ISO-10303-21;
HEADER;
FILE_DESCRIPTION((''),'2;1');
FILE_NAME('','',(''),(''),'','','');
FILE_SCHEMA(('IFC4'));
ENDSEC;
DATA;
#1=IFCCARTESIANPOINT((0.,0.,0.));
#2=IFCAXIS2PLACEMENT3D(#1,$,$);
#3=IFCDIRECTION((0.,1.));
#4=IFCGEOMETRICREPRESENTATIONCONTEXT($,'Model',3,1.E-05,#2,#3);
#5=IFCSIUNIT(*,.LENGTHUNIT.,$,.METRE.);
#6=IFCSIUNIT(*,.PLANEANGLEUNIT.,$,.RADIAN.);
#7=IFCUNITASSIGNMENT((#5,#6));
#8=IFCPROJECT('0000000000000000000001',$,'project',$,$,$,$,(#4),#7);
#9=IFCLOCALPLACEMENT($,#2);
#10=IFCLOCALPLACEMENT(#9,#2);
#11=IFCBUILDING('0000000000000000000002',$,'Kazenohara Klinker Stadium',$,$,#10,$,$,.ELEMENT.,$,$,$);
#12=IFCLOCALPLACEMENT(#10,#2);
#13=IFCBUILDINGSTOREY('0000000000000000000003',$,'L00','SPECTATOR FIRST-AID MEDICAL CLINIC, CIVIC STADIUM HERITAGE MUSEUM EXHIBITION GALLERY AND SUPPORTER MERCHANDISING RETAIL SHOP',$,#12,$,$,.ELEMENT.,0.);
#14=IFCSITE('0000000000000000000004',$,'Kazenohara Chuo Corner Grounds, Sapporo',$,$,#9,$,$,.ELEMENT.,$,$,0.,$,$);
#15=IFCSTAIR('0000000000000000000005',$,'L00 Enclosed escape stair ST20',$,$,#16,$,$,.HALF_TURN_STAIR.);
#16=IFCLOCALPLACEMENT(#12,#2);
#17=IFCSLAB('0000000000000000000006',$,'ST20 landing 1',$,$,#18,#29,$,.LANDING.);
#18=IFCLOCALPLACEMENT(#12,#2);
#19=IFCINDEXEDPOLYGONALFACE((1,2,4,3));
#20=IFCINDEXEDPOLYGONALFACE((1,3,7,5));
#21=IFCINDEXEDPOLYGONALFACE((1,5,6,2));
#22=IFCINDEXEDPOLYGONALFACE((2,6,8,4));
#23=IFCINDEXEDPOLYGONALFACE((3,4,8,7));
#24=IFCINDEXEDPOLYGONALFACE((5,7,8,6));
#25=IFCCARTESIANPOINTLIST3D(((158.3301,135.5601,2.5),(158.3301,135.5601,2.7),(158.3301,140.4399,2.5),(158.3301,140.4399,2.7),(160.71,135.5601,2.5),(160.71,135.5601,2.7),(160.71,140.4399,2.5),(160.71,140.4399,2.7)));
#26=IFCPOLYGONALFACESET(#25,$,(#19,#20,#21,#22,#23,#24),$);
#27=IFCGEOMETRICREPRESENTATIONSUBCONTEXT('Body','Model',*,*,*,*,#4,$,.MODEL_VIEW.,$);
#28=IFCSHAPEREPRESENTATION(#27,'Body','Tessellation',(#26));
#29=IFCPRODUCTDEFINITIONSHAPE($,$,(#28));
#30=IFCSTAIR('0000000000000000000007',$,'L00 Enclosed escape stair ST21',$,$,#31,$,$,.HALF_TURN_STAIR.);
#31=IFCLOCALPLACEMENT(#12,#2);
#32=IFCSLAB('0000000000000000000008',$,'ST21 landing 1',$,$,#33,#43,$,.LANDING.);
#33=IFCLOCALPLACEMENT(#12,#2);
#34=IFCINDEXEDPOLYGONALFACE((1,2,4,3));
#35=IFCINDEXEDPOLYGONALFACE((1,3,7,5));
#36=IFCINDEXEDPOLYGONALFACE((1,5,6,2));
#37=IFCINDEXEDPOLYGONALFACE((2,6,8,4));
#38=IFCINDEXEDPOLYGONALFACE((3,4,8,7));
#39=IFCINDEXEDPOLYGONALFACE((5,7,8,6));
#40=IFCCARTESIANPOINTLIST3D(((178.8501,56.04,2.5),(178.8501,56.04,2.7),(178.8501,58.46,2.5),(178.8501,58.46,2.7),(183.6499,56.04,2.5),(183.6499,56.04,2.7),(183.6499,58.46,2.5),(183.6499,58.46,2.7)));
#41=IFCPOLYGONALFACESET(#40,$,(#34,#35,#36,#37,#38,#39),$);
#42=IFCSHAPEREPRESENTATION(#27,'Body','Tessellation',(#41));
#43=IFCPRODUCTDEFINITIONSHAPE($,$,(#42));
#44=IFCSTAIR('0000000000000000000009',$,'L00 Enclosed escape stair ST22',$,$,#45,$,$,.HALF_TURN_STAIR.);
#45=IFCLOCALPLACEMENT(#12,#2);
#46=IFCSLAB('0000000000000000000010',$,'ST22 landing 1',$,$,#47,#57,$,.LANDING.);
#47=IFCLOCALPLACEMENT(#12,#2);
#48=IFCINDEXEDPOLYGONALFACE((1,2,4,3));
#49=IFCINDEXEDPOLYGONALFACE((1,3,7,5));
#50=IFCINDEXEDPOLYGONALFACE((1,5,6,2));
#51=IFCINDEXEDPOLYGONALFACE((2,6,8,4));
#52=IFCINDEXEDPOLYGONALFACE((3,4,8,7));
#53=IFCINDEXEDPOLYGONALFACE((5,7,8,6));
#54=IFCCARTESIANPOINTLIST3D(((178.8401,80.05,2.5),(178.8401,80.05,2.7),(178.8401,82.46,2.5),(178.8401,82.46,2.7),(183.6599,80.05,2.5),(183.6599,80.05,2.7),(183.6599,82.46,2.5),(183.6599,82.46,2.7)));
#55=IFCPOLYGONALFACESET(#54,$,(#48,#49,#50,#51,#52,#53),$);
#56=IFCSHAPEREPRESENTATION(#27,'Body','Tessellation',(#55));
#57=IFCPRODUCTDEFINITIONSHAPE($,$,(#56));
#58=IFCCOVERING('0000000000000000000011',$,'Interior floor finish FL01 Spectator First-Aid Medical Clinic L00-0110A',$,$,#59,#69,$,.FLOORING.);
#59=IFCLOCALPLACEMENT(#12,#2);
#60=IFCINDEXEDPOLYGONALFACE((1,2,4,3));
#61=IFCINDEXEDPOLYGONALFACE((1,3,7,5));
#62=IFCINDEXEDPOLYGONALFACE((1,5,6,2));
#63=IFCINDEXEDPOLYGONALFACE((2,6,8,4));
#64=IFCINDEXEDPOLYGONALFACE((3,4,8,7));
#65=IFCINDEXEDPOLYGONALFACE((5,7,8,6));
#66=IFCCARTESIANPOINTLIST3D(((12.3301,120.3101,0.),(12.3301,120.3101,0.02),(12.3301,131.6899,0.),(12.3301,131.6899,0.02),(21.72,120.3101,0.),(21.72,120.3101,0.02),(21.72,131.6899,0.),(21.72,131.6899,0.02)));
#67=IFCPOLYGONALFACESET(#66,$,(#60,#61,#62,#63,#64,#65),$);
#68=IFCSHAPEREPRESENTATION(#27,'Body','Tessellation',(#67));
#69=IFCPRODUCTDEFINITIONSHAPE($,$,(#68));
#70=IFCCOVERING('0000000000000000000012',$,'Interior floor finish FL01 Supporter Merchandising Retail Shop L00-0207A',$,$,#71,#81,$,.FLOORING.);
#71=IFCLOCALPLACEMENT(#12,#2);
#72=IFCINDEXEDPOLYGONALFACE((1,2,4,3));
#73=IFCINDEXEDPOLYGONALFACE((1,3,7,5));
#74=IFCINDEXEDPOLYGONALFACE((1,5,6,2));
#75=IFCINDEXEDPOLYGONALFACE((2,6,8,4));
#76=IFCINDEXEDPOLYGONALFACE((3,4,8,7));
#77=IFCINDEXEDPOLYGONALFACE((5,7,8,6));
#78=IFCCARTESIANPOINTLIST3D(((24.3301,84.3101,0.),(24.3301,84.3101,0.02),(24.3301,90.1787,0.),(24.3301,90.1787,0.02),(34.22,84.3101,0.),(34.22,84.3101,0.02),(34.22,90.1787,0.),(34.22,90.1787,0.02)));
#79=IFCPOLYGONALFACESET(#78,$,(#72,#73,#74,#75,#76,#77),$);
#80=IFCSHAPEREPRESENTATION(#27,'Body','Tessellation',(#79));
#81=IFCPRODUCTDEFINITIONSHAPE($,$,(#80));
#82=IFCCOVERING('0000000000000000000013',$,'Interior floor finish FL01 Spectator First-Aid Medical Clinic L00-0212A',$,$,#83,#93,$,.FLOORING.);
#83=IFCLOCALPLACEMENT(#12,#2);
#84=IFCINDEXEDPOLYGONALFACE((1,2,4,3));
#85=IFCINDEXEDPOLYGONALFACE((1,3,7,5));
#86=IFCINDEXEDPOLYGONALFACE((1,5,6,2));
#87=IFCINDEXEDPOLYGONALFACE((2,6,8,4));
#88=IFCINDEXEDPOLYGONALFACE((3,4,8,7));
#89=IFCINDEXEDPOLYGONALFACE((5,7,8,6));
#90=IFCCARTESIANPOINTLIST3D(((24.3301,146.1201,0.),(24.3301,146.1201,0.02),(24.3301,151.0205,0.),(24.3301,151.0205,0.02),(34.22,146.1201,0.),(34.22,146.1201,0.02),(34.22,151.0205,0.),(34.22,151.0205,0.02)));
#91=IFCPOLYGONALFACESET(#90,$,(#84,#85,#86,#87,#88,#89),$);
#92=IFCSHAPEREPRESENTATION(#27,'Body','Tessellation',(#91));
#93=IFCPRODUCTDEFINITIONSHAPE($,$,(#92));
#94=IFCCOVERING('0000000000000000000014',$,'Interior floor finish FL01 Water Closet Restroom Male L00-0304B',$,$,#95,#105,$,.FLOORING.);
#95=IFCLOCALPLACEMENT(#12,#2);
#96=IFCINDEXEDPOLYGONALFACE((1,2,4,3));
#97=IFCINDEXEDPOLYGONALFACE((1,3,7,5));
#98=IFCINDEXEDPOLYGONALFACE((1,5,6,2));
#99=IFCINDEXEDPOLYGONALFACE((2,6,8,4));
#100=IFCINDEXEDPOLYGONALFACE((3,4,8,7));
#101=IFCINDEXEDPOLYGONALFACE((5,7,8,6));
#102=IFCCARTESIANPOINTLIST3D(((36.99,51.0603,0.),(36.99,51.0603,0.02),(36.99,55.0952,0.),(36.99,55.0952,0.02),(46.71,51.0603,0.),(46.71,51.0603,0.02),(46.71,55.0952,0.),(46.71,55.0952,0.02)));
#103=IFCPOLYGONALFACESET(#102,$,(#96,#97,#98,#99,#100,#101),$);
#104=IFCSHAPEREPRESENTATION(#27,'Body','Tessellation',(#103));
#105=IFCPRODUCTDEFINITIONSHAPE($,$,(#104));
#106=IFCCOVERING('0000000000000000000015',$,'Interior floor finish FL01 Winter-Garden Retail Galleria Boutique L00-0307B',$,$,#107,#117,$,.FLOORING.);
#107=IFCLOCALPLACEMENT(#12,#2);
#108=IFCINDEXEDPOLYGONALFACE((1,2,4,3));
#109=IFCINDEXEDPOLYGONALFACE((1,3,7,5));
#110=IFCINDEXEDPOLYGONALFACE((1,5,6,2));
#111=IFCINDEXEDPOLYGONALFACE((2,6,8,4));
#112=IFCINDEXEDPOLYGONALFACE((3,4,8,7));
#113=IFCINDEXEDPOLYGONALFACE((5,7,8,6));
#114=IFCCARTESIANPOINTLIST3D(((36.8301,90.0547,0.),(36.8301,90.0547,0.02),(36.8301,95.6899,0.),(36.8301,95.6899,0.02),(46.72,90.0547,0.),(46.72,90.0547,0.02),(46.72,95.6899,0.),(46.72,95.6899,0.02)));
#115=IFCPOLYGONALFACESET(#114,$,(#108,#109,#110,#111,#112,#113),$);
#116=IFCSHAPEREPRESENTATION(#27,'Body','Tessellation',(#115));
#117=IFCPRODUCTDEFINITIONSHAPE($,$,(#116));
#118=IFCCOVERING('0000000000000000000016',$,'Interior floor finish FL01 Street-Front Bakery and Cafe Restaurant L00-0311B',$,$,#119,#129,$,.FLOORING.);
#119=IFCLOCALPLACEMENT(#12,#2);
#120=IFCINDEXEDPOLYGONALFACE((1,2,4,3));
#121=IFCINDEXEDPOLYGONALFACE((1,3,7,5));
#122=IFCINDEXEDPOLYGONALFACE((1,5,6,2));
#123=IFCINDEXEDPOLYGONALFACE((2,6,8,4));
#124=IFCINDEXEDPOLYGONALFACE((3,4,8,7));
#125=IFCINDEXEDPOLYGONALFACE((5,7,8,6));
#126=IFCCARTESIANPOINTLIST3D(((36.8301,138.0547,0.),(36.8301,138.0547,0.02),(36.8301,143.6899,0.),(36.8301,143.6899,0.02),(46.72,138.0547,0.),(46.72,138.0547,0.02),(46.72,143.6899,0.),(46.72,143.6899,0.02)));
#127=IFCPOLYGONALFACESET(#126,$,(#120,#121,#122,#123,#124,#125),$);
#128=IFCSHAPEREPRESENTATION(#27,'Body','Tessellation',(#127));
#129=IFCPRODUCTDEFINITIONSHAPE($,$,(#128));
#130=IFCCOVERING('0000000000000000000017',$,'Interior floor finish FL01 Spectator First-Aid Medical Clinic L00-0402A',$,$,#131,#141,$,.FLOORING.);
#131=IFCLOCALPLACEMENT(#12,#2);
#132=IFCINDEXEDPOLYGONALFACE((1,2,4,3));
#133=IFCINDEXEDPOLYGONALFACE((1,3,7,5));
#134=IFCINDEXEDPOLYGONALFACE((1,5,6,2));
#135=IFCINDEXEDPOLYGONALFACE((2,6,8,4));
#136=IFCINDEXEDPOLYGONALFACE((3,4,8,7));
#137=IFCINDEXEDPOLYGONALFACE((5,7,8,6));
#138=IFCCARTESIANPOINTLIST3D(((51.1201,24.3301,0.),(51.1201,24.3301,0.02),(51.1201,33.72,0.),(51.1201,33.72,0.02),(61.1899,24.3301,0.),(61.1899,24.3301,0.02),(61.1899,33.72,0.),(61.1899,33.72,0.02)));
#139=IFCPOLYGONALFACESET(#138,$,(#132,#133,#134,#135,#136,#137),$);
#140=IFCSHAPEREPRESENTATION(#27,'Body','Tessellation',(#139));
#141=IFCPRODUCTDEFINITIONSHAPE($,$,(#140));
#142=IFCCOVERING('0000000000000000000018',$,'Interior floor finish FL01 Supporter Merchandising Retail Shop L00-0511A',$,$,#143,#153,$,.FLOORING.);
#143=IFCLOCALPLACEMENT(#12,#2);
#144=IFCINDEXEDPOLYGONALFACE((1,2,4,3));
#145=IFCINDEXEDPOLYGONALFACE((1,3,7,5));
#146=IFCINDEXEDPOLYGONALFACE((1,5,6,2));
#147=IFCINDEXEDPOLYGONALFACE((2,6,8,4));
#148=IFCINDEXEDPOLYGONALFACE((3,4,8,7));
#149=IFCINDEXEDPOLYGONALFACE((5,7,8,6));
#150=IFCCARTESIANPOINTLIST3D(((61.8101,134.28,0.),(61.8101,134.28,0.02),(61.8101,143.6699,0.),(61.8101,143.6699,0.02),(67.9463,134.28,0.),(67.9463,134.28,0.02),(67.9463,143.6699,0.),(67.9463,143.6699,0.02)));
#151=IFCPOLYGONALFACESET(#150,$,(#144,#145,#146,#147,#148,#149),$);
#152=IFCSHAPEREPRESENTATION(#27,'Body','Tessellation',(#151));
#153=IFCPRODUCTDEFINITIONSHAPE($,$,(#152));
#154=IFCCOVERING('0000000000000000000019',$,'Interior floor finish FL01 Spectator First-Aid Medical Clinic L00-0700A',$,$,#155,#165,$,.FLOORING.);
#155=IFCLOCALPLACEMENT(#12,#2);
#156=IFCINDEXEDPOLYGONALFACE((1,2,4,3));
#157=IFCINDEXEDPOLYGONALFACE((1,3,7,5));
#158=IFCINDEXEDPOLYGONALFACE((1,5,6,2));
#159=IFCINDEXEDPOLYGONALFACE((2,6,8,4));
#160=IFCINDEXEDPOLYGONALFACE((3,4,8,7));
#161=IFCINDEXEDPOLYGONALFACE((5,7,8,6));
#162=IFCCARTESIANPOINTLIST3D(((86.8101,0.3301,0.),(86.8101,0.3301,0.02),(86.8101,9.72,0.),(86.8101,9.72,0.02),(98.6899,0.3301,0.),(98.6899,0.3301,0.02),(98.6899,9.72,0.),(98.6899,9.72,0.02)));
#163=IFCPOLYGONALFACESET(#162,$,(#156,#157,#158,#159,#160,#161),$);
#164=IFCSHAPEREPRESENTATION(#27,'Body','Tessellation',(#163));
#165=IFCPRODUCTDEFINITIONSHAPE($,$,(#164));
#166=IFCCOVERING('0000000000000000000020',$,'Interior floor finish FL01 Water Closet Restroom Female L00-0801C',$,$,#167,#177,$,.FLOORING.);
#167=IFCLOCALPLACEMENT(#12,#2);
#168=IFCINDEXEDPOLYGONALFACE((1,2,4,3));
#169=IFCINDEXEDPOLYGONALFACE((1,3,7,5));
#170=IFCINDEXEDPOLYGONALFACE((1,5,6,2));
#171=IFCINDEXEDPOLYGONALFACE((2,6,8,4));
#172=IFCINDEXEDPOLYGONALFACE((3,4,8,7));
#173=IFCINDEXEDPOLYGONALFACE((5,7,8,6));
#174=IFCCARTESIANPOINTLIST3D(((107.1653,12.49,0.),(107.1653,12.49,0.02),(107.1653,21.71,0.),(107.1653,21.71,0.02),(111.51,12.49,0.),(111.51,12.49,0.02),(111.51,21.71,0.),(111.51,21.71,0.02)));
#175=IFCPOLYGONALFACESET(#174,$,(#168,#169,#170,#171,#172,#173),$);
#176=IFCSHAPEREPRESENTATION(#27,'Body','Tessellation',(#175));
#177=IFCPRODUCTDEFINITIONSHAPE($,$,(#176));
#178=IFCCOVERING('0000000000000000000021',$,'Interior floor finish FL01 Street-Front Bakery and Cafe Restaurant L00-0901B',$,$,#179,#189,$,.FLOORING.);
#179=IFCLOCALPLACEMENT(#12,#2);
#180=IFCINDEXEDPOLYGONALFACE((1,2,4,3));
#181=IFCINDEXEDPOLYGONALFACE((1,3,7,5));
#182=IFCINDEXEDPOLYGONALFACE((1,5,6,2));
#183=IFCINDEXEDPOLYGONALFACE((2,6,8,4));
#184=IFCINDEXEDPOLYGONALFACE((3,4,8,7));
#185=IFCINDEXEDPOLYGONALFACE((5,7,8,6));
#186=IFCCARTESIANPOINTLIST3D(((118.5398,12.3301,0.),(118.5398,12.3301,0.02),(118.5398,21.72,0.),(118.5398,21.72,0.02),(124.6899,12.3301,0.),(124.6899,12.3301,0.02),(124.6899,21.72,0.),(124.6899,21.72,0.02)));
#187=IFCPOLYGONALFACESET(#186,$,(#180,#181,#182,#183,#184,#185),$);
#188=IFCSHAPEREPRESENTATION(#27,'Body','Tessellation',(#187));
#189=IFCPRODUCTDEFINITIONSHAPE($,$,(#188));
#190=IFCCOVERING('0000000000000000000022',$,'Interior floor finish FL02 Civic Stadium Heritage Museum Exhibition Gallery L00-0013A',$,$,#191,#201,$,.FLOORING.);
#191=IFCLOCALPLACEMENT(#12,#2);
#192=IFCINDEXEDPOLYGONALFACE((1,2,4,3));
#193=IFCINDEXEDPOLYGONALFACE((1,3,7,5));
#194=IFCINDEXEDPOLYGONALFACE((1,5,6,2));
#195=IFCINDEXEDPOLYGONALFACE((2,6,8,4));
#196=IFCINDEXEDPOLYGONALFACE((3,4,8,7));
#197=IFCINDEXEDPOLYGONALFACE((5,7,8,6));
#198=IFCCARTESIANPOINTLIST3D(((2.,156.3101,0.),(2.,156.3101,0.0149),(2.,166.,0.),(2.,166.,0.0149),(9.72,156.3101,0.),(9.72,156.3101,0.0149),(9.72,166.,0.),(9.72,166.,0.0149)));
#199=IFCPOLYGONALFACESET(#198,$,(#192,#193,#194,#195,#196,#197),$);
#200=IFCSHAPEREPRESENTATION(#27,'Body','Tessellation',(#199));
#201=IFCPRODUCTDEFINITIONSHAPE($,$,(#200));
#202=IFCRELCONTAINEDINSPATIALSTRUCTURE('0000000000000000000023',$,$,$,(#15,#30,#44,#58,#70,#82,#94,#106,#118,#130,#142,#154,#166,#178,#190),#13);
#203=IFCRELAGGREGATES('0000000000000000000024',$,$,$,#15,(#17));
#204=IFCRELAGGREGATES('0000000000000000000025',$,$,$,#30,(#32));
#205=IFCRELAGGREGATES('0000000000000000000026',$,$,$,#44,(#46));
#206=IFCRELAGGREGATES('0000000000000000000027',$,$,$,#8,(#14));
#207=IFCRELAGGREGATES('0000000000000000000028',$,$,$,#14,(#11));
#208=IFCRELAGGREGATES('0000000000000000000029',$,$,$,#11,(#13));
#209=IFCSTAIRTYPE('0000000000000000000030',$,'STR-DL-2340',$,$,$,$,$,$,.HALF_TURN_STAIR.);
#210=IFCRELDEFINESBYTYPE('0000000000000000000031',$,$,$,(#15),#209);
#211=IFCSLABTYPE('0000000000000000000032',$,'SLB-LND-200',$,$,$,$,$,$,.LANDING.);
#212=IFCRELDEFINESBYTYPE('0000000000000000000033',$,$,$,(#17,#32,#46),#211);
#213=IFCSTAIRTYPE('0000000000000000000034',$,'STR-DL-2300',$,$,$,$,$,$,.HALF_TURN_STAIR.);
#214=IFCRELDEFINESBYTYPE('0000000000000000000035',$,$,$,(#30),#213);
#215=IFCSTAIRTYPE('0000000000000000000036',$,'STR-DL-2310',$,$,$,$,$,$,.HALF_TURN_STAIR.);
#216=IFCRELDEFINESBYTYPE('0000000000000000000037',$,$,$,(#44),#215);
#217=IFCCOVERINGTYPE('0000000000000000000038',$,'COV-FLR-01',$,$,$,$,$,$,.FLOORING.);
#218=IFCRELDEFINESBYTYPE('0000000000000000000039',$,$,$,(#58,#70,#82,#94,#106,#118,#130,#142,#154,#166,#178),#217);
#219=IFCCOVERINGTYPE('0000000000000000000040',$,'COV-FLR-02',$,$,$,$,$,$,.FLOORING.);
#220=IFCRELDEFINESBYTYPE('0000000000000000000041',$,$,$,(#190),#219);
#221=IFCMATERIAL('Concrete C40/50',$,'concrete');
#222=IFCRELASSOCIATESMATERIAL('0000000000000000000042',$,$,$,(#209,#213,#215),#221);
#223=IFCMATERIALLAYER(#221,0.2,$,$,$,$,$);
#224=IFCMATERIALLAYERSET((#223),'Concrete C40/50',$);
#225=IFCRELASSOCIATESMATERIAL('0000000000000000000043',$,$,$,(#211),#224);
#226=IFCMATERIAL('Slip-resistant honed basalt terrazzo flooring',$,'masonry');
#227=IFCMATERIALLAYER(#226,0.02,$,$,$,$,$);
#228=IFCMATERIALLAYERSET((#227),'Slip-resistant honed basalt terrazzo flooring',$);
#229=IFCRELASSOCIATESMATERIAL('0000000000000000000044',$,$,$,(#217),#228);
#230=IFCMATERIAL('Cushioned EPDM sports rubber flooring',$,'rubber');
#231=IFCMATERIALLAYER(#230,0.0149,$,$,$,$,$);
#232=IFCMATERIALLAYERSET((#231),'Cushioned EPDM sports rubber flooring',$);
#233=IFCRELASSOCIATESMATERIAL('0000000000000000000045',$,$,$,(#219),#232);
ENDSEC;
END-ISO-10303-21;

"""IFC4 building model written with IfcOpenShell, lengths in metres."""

from ifc_helpers import new_model, si_unit, direction, frame, origin, place, context, subcontext, project, spatial, polyline, outline, extrude, material, layer, layer_set, type_object, element, aggregate, save


model = new_model("IFC4")

# Units and contexts
model_context = context("Model", 3, precision=1e-05, world=origin(), true_north=direction((0.0, 1.0)))
body_context = subcontext(model_context, "Body", "Model", "MODEL_VIEW")
ifc_project = project(units=[si_unit("LENGTHUNIT", "METRE"), si_unit("PLANEANGLEUNIT", "RADIAN")], contexts=[model_context])

# Site, building, storey
site_placement = place(None, origin())
site = spatial("IfcSite", under=ifc_project, at=site_placement, Name="Kazenohara Chuo Corner Grounds, Sapporo", CompositionType="ELEMENT", RefElevation=0.0)
building_placement = place(site_placement, origin())
building = spatial("IfcBuilding", under=site, at=building_placement, Name="Kazenohara Klinker Stadium", CompositionType="ELEMENT")
storey_placement = place(building_placement, origin())
storey = spatial("IfcBuildingStorey", under=building, at=storey_placement, Name="L00", Description="SPECTATOR FIRST-AID MEDICAL CLINIC, CIVIC STADIUM HERITAGE MUSEUM EXHIBITION GALLERY AND SUPPORTER MERCHANDISING RETAIL SHOP", CompositionType="ELEMENT", Elevation=0.0)

# Stairs, slabs
ifc_material_1 = material(Name="Concrete C40/50", Category="concrete")
stair_type_1 = type_object("IfcStairType", Name="STR-DL-2340", PredefinedType="HALF_TURN_STAIR", material=ifc_material_1)
stair_1_placement = place(storey_placement, origin())
stair_1 = element("IfcStair", 1, at=stair_1_placement, inside=storey, type_object=stair_type_1, Name="L00 Enclosed escape stair ST20", PredefinedType="HALF_TURN_STAIR")
ifc_layer_1 = layer(ifc_material_1, 0.2)
ifc_layer_set_1 = layer_set([ifc_layer_1], Name="Concrete C40/50")
slab_type = type_object("IfcSlabType", Name="SLB-LND-200", PredefinedType="LANDING", material=ifc_layer_set_1)
slab_1_placement = place(storey_placement, frame((0.0, 0.0, 2.5)))
slab_1 = element("IfcSlab", 2, at=slab_1_placement, type_object=slab_type, Name="ST20 landing 1", PredefinedType="LANDING", context=body_context, shape_type="SweptSolid", body=[
    extrude(outline(polyline([(158.3301, 135.5601), (160.71, 135.5601), (160.71, 140.4399), (158.3301, 140.4399), (158.3301, 135.5601)])), origin(), (0.0, 0.0, 1.0), 0.2),
])
aggregate(stair_1, [slab_1])
stair_type_2 = type_object("IfcStairType", Name="STR-DL-2300", PredefinedType="HALF_TURN_STAIR", material=ifc_material_1)
stair_2_placement = place(storey_placement, origin())
stair_2 = element("IfcStair", 3, at=stair_2_placement, inside=storey, type_object=stair_type_2, Name="L00 Enclosed escape stair ST21", PredefinedType="HALF_TURN_STAIR")
slab_2_placement = place(storey_placement, frame((0.0, 0.0, 2.5)))
slab_2 = element("IfcSlab", 4, at=slab_2_placement, type_object=slab_type, Name="ST21 landing 1", PredefinedType="LANDING", context=body_context, shape_type="SweptSolid", body=[
    extrude(outline(polyline([(183.6499, 56.04), (183.6499, 58.46), (178.8501, 58.46), (178.8501, 56.04), (183.6499, 56.04)])), origin(), (0.0, 0.0, 1.0), 0.2),
])
aggregate(stair_2, [slab_2])
stair_type_3 = type_object("IfcStairType", Name="STR-DL-2310", PredefinedType="HALF_TURN_STAIR", material=ifc_material_1)
stair_3_placement = place(storey_placement, origin())
stair_3 = element("IfcStair", 5, at=stair_3_placement, inside=storey, type_object=stair_type_3, Name="L00 Enclosed escape stair ST22", PredefinedType="HALF_TURN_STAIR")
slab_3_placement = place(storey_placement, frame((0.0, 0.0, 2.5)))
slab_3 = element("IfcSlab", 6, at=slab_3_placement, type_object=slab_type, Name="ST22 landing 1", PredefinedType="LANDING", context=body_context, shape_type="SweptSolid", body=[
    extrude(outline(polyline([(183.6599, 80.05), (183.6599, 82.46), (178.8401, 82.46), (178.8401, 80.05), (183.6599, 80.05)])), origin(), (0.0, 0.0, 1.0), 0.2),
])
aggregate(stair_3, [slab_3])

# Coverings
ifc_material_2 = material(Name="Slip-resistant honed basalt terrazzo flooring", Category="masonry")
ifc_layer_2 = layer(ifc_material_2, 0.02)
ifc_layer_set_2 = layer_set([ifc_layer_2], Name="Slip-resistant honed basalt terrazzo flooring")
covering_type_1 = type_object("IfcCoveringType", Name="COV-FLR-01", PredefinedType="FLOORING", material=ifc_layer_set_2)
covering_1_placement = place(storey_placement, origin())
element("IfcCovering", 7, at=covering_1_placement, inside=storey, type_object=covering_type_1, Name="Interior floor finish FL01 Spectator First-Aid Medical Clinic L00-0110A", PredefinedType="FLOORING", context=body_context, shape_type="SweptSolid", body=[
    extrude(outline(polyline([(12.3301, 120.3101), (21.72, 120.3101), (21.72, 131.6899), (12.3301, 131.6899), (12.3301, 120.3101)])), origin(), (0.0, 0.0, 1.0), 0.02),
])
covering_2_placement = place(storey_placement, origin())
element("IfcCovering", 8, at=covering_2_placement, inside=storey, type_object=covering_type_1, Name="Interior floor finish FL01 Supporter Merchandising Retail Shop L00-0207A", PredefinedType="FLOORING", context=body_context, shape_type="SweptSolid", body=[
    extrude(outline(polyline([(24.3301, 84.3101), (34.22, 84.3101), (34.22, 90.1787), (24.3301, 90.1787), (24.3301, 84.3101)])), origin(), (0.0, 0.0, 1.0), 0.02),
])
covering_3_placement = place(storey_placement, origin())
element("IfcCovering", 9, at=covering_3_placement, inside=storey, type_object=covering_type_1, Name="Interior floor finish FL01 Spectator First-Aid Medical Clinic L00-0212A", PredefinedType="FLOORING", context=body_context, shape_type="SweptSolid", body=[
    extrude(outline(polyline([(24.3301, 146.1201), (34.22, 146.1201), (34.22, 151.0205), (24.3301, 151.0205), (24.3301, 146.1201)])), origin(), (0.0, 0.0, 1.0), 0.02),
])
covering_4_placement = place(storey_placement, origin())
element("IfcCovering", 10, at=covering_4_placement, inside=storey, type_object=covering_type_1, Name="Interior floor finish FL01 Water Closet Restroom Male L00-0304B", PredefinedType="FLOORING", context=body_context, shape_type="SweptSolid", body=[
    extrude(outline(polyline([(36.99, 51.0603), (46.71, 51.0603), (46.71, 55.0952), (36.99, 55.0952), (36.99, 51.0603)])), origin(), (0.0, 0.0, 1.0), 0.02),
])
covering_5_placement = place(storey_placement, origin())
element("IfcCovering", 11, at=covering_5_placement, inside=storey, type_object=covering_type_1, Name="Interior floor finish FL01 Winter-Garden Retail Galleria Boutique L00-0307B", PredefinedType="FLOORING", context=body_context, shape_type="SweptSolid", body=[
    extrude(outline(polyline([(36.8301, 90.0547), (46.72, 90.0547), (46.72, 95.6899), (36.8301, 95.6899), (36.8301, 90.0547)])), origin(), (0.0, 0.0, 1.0), 0.02),
])
covering_6_placement = place(storey_placement, origin())
element("IfcCovering", 12, at=covering_6_placement, inside=storey, type_object=covering_type_1, Name="Interior floor finish FL01 Street-Front Bakery and Cafe Restaurant L00-0311B", PredefinedType="FLOORING", context=body_context, shape_type="SweptSolid", body=[
    extrude(outline(polyline([(36.8301, 138.0547), (46.72, 138.0547), (46.72, 143.6899), (36.8301, 143.6899), (36.8301, 138.0547)])), origin(), (0.0, 0.0, 1.0), 0.02),
])
covering_7_placement = place(storey_placement, origin())
element("IfcCovering", 13, at=covering_7_placement, inside=storey, type_object=covering_type_1, Name="Interior floor finish FL01 Spectator First-Aid Medical Clinic L00-0402A", PredefinedType="FLOORING", context=body_context, shape_type="SweptSolid", body=[
    extrude(outline(polyline([(51.1201, 24.3301), (61.1899, 24.3301), (61.1899, 33.72), (51.1201, 33.72), (51.1201, 24.3301)])), origin(), (0.0, 0.0, 1.0), 0.02),
])
covering_8_placement = place(storey_placement, origin())
element("IfcCovering", 14, at=covering_8_placement, inside=storey, type_object=covering_type_1, Name="Interior floor finish FL01 Supporter Merchandising Retail Shop L00-0511A", PredefinedType="FLOORING", context=body_context, shape_type="SweptSolid", body=[
    extrude(outline(polyline([(61.8101, 134.28), (67.9463, 134.28), (67.9463, 143.6699), (61.8101, 143.6699), (61.8101, 134.28)])), origin(), (0.0, 0.0, 1.0), 0.02),
])
covering_9_placement = place(storey_placement, origin())
element("IfcCovering", 15, at=covering_9_placement, inside=storey, type_object=covering_type_1, Name="Interior floor finish FL01 Spectator First-Aid Medical Clinic L00-0700A", PredefinedType="FLOORING", context=body_context, shape_type="SweptSolid", body=[
    extrude(outline(polyline([(86.8101, 0.3301), (98.6899, 0.3301), (98.6899, 9.72), (86.8101, 9.72), (86.8101, 0.3301)])), origin(), (0.0, 0.0, 1.0), 0.02),
])
covering_10_placement = place(storey_placement, origin())
element("IfcCovering", 16, at=covering_10_placement, inside=storey, type_object=covering_type_1, Name="Interior floor finish FL01 Water Closet Restroom Female L00-0801C", PredefinedType="FLOORING", context=body_context, shape_type="SweptSolid", body=[
    extrude(outline(polyline([(107.1653, 12.49), (111.51, 12.49), (111.51, 21.71), (107.1653, 21.71), (107.1653, 12.49)])), origin(), (0.0, 0.0, 1.0), 0.02),
])
covering_11_placement = place(storey_placement, origin())
element("IfcCovering", 17, at=covering_11_placement, inside=storey, type_object=covering_type_1, Name="Interior floor finish FL01 Street-Front Bakery and Cafe Restaurant L00-0901B", PredefinedType="FLOORING", context=body_context, shape_type="SweptSolid", body=[
    extrude(outline(polyline([(118.5398, 12.3301), (124.6899, 12.3301), (124.6899, 21.72), (118.5398, 21.72), (118.5398, 12.3301)])), origin(), (0.0, 0.0, 1.0), 0.02),
])
ifc_material_3 = material(Name="Cushioned EPDM sports rubber flooring", Category="rubber")
ifc_layer_3 = layer(ifc_material_3, 0.0149)
ifc_layer_set_3 = layer_set([ifc_layer_3], Name="Cushioned EPDM sports rubber flooring")
covering_type_2 = type_object("IfcCoveringType", Name="COV-FLR-02", PredefinedType="FLOORING", material=ifc_layer_set_3)
covering_12_placement = place(storey_placement, origin())
element("IfcCovering", 18, at=covering_12_placement, inside=storey, type_object=covering_type_2, Name="Interior floor finish FL02 Civic Stadium Heritage Museum Exhibition Gallery L00-0013A", PredefinedType="FLOORING", context=body_context, shape_type="SweptSolid", body=[
    extrude(outline(polyline([(2.0, 156.3101), (9.72, 156.3101), (9.72, 166.0), (2.0, 166.0), (2.0, 156.3101)])), origin(), (0.0, 0.0, 1.0), 0.0149),
])

save(model, "model.ifc")
